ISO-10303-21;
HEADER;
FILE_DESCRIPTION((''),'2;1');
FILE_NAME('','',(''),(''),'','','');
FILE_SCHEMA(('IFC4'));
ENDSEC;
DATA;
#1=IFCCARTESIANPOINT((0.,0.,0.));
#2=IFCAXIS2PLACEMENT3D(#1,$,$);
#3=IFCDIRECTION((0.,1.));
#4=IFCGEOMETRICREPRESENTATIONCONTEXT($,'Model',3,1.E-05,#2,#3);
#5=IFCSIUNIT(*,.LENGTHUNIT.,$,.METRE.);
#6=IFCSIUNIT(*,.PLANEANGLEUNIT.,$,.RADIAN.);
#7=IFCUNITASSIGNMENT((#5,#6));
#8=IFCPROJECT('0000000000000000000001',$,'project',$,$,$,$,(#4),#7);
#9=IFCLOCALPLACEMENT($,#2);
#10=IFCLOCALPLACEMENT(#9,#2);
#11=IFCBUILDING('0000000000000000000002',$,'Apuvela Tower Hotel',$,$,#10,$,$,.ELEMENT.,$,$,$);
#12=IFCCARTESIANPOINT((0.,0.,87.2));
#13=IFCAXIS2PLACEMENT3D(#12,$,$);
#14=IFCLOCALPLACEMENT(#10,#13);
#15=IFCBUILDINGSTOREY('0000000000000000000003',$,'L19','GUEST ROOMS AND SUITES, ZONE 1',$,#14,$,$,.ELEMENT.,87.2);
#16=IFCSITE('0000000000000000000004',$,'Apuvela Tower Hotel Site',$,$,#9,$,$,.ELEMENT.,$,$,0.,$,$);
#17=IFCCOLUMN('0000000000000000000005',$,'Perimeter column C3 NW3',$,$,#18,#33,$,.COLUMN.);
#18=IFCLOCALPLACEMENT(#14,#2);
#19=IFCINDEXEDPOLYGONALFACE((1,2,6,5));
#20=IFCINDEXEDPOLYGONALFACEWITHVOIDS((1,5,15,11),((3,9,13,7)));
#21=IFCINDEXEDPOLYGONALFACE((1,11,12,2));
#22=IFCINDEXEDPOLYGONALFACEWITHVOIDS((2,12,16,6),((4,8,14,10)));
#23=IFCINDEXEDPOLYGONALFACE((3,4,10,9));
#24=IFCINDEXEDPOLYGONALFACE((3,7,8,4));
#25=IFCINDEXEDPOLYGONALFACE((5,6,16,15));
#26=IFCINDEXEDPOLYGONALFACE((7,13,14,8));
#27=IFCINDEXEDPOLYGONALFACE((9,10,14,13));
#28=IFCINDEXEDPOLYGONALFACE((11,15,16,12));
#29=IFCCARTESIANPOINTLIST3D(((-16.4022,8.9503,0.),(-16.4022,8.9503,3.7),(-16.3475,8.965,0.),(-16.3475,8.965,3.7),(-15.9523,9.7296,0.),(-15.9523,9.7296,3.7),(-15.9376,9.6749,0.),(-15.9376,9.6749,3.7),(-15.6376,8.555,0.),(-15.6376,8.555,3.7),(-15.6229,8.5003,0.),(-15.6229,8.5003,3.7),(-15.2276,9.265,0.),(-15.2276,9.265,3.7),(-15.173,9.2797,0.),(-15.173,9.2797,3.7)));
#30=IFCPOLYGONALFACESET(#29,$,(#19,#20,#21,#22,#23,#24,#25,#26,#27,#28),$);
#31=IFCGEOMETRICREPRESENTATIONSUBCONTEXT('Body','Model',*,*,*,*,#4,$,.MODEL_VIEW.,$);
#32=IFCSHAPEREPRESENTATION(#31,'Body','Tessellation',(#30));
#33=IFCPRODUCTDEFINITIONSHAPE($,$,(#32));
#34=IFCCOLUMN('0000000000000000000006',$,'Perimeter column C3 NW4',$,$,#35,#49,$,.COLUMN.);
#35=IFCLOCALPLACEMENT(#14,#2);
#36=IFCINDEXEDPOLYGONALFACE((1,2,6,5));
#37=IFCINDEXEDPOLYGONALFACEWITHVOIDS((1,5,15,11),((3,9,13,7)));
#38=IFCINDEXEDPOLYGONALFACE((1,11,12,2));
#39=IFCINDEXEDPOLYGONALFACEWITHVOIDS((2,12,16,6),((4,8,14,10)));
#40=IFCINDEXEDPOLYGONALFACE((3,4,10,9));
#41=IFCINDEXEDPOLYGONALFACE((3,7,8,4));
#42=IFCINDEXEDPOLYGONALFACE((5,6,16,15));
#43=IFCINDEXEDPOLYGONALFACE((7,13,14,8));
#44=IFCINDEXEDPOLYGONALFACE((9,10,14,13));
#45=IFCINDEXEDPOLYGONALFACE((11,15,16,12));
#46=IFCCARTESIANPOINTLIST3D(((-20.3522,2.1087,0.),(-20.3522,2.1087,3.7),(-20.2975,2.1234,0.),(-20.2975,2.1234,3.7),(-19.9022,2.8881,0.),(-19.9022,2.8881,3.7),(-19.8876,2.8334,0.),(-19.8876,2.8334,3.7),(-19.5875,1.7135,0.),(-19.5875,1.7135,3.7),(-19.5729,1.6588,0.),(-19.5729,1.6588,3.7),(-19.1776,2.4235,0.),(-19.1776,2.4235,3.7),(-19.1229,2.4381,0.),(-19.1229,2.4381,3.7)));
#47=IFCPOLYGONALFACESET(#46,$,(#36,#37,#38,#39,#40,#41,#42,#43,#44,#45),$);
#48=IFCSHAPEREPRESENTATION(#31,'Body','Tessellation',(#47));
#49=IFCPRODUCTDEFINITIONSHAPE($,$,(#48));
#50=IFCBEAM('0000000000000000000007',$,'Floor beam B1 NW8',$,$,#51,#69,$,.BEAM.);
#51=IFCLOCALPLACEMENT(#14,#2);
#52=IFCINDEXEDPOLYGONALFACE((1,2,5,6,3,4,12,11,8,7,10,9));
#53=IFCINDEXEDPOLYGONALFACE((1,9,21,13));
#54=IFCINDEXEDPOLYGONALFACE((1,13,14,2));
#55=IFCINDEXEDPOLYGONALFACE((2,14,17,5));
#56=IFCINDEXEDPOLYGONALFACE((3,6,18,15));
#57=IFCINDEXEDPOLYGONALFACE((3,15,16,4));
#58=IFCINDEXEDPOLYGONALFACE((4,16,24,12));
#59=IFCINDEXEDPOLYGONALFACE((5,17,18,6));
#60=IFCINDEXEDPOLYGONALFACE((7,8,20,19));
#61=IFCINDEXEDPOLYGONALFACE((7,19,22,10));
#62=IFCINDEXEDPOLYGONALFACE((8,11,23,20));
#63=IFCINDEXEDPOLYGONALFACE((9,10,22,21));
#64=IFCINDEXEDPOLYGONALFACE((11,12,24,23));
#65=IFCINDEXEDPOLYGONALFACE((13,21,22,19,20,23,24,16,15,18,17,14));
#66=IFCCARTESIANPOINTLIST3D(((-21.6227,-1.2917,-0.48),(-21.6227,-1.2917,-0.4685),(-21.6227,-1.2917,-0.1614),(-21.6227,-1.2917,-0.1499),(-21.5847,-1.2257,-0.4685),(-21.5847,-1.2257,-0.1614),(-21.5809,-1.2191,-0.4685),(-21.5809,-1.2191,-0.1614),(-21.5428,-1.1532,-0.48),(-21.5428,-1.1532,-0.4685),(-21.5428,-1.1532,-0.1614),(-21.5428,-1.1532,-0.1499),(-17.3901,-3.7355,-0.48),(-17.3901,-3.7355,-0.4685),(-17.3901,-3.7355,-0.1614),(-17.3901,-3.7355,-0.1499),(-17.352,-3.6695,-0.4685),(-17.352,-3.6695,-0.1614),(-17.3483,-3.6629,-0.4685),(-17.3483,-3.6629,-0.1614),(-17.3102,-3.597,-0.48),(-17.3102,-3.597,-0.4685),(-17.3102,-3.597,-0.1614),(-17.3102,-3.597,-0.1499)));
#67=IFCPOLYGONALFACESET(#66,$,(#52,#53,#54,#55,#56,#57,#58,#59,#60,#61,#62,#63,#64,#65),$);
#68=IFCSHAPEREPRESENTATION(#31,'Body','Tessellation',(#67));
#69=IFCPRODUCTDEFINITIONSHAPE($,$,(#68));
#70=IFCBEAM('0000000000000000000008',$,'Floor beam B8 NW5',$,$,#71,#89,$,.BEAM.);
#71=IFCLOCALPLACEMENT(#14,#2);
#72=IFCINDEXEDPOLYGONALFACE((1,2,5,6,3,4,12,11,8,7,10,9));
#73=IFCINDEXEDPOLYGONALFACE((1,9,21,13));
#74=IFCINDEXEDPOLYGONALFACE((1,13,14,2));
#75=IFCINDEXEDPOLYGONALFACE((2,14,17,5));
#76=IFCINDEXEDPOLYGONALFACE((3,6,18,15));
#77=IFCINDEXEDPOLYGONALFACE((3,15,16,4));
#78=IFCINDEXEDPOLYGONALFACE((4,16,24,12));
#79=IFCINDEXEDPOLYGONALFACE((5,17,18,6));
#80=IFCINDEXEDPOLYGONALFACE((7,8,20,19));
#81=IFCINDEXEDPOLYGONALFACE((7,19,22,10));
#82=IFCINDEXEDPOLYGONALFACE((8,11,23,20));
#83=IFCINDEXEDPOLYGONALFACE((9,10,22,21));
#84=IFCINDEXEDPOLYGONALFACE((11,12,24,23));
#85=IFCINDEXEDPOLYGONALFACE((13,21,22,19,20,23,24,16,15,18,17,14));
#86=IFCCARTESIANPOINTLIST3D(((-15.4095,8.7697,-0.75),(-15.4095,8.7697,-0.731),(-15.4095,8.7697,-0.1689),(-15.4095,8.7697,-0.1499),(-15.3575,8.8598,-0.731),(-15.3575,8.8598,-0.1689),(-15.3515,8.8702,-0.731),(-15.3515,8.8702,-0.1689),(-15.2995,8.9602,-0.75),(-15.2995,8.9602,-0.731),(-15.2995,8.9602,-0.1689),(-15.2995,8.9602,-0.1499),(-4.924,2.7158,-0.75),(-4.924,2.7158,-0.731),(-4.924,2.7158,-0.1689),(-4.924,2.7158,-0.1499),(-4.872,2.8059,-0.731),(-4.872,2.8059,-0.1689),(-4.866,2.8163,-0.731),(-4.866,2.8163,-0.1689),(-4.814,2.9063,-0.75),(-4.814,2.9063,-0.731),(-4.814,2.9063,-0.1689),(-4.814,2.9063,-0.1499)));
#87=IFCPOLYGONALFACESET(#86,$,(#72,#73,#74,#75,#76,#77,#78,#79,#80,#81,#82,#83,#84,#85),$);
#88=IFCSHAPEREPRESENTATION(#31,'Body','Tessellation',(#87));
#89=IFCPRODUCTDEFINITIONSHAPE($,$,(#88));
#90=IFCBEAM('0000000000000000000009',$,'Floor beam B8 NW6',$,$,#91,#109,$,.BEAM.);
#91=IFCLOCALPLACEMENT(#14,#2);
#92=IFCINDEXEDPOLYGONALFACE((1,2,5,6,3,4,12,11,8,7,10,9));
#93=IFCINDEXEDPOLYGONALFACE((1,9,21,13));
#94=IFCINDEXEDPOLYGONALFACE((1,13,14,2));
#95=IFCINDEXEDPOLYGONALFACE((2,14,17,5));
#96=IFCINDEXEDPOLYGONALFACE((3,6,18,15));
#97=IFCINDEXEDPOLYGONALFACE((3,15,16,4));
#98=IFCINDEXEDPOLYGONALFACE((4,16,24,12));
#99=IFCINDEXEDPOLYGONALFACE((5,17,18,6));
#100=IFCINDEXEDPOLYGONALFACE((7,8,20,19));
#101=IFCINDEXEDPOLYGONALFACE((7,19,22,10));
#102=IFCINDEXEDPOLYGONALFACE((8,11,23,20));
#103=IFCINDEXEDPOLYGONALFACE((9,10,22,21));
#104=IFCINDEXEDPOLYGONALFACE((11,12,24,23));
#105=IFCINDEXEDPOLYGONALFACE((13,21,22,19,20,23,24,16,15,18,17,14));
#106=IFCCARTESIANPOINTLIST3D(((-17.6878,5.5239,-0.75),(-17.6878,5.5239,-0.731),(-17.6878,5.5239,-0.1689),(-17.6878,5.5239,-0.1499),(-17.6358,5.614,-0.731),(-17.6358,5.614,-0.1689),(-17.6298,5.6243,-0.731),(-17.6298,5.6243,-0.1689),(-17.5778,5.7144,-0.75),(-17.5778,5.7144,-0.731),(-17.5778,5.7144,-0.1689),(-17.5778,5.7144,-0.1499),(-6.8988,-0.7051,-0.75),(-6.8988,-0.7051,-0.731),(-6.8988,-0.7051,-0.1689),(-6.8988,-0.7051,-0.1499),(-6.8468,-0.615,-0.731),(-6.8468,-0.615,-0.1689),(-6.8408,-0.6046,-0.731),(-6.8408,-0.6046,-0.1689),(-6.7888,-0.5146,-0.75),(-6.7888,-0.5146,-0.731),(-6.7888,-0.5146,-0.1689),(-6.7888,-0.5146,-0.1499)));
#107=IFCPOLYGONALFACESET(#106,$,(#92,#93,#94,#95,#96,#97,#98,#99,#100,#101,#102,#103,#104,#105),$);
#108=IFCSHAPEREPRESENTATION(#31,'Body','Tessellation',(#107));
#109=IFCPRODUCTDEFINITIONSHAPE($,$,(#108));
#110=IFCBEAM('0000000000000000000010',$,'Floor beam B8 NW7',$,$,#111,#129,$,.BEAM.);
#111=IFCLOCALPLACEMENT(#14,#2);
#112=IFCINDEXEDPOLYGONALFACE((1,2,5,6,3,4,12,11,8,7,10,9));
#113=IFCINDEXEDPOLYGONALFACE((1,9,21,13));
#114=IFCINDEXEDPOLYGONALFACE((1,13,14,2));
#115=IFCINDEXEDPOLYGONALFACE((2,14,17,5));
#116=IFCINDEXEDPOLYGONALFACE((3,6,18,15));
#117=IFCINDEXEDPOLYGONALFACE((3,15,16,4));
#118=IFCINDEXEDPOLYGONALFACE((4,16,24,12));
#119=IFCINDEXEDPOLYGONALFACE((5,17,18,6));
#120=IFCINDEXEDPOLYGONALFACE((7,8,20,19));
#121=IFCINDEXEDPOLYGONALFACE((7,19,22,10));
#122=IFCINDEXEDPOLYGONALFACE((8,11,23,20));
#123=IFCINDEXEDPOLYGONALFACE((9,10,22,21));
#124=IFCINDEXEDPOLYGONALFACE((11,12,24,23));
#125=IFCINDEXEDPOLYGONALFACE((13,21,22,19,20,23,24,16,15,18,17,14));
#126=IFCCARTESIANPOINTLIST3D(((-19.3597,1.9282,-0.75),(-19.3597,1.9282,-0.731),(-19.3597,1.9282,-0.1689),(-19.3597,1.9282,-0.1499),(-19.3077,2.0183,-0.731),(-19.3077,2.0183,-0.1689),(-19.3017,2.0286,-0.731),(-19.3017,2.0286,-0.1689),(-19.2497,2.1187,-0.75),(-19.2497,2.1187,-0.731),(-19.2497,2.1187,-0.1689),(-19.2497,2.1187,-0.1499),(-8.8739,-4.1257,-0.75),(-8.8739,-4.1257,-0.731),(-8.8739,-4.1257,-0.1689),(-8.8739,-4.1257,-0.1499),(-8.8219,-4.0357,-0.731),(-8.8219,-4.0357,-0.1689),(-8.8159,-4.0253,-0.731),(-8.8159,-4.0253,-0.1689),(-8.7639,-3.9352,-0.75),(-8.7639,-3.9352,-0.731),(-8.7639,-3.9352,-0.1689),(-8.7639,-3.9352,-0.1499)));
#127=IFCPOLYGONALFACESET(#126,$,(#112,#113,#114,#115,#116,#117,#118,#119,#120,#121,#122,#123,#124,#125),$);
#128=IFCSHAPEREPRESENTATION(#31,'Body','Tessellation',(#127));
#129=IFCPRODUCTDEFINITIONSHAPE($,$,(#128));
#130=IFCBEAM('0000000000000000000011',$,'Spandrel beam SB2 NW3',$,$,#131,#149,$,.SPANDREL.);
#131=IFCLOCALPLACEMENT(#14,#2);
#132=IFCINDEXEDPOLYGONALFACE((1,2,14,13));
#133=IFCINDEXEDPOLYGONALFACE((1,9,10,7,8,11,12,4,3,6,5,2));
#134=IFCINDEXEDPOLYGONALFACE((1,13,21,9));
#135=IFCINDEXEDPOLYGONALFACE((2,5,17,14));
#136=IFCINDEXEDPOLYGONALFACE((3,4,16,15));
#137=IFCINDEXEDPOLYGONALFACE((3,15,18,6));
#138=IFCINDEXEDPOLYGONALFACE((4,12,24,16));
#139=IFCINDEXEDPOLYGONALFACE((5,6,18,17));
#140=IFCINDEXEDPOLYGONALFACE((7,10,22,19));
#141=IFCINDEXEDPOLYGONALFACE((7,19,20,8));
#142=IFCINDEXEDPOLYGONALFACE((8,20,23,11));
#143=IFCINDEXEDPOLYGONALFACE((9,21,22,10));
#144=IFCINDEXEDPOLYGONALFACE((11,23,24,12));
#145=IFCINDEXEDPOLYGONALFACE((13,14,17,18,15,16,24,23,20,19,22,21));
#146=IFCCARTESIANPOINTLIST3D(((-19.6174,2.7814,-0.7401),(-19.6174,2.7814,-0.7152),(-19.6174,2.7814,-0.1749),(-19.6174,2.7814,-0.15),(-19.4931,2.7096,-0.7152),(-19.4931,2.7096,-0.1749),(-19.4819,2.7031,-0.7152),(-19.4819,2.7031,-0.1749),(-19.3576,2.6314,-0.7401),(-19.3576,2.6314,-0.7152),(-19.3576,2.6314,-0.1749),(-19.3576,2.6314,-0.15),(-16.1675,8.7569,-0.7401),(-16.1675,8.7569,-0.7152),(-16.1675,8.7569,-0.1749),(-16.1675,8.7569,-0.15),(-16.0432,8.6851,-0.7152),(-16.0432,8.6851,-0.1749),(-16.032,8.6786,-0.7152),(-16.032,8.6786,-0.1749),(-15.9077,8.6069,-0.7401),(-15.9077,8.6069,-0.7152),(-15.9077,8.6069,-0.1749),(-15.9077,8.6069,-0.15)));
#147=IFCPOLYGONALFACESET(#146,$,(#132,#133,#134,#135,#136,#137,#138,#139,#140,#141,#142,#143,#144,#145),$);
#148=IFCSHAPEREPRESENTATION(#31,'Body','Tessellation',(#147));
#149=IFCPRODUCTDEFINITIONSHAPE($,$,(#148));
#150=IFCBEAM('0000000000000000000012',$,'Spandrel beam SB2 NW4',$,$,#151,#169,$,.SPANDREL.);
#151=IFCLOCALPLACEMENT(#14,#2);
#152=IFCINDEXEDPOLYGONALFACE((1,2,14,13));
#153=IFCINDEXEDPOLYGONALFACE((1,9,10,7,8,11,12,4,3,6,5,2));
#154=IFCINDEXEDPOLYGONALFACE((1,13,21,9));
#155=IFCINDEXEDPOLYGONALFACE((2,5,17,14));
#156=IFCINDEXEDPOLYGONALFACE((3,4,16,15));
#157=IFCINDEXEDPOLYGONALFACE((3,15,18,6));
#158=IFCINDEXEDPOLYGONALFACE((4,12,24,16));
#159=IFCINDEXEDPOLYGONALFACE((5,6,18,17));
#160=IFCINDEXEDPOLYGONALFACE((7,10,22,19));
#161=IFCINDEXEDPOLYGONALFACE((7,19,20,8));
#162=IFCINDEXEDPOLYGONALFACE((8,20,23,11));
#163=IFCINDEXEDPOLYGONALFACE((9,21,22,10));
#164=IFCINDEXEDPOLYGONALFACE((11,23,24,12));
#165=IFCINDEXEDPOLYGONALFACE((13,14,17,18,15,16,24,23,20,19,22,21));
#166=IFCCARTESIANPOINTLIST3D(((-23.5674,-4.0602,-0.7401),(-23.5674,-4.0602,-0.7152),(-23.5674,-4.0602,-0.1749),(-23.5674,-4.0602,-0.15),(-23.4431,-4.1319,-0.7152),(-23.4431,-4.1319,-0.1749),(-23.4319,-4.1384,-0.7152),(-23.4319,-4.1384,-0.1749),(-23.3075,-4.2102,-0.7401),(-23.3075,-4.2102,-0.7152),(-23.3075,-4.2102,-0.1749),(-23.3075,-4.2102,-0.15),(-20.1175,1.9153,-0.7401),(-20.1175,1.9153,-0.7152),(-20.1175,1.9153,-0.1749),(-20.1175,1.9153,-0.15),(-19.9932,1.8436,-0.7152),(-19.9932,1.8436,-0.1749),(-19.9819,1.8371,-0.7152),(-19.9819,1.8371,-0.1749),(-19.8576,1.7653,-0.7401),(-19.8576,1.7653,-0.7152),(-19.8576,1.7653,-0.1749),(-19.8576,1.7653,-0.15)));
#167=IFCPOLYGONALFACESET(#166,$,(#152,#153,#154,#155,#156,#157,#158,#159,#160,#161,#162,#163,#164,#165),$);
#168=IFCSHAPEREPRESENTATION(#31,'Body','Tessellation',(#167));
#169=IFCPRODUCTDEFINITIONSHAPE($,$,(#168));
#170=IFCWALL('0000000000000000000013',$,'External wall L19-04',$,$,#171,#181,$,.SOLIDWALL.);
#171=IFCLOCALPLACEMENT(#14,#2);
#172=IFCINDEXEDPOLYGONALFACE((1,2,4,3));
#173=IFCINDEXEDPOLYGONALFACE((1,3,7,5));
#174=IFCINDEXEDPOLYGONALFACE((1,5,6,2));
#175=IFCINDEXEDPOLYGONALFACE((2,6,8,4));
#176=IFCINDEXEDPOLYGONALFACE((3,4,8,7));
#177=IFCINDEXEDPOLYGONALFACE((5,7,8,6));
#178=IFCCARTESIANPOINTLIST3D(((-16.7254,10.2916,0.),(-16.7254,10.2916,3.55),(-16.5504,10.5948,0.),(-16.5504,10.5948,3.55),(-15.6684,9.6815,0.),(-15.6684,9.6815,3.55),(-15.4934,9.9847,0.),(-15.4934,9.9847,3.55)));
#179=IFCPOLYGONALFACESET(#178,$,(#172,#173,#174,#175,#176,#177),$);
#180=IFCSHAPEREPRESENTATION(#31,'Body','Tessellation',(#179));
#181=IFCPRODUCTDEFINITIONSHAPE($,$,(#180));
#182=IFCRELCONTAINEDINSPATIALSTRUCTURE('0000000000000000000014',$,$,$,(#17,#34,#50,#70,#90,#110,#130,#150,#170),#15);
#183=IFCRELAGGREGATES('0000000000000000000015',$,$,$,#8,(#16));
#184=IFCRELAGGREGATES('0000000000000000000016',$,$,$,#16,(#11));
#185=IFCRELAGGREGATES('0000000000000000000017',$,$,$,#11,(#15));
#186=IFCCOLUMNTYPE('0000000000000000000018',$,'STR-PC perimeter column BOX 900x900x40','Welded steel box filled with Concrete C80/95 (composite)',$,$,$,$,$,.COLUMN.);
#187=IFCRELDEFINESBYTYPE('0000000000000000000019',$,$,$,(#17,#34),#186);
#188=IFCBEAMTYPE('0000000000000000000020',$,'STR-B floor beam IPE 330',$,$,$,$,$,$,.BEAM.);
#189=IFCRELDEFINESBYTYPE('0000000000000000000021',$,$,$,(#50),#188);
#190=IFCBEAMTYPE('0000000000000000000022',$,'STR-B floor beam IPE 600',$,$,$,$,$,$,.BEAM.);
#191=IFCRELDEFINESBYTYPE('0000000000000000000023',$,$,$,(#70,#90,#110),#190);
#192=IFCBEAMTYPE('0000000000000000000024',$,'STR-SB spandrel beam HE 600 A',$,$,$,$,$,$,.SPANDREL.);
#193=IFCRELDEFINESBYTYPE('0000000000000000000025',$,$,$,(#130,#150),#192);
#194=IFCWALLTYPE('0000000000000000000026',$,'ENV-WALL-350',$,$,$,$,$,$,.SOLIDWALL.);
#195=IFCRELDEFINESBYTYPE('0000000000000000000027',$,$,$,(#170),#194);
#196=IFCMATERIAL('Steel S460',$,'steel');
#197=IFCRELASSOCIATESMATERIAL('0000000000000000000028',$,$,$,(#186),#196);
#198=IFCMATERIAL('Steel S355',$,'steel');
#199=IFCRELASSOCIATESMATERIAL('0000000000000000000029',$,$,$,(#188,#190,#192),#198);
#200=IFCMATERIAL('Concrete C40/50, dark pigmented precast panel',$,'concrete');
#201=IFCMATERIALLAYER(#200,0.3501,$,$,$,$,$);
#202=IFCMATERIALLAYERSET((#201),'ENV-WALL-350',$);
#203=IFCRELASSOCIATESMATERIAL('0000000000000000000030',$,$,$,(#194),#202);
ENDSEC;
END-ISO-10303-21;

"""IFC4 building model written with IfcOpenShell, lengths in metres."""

from ifc_helpers import new_model, si_unit, direction, frame, frame_2d, origin, origin_2d, place, context, subcontext, project, spatial, rectangle, hollow_rectangle, i_section, extrude, material, layer, layer_set, material_profile, profile_set, type_object, element, save


model = new_model("IFC4")

# Units and contexts
model_context = context("Model", 3, precision=1e-05, world=origin(), true_north=direction((0.0, 1.0)))
body_context = subcontext(model_context, "Body", "Model", "MODEL_VIEW")
ifc_project = project(units=[si_unit("LENGTHUNIT", "METRE"), si_unit("PLANEANGLEUNIT", "RADIAN")], contexts=[model_context])

# Site, building, storey
site_placement = place(None, origin())
site = spatial("IfcSite", under=ifc_project, at=site_placement, Name="Apuvela Tower Hotel Site", CompositionType="ELEMENT", RefElevation=0.0)
building_placement = place(site_placement, origin())
building = spatial("IfcBuilding", under=site, at=building_placement, Name="Apuvela Tower Hotel", CompositionType="ELEMENT")
storey_placement = place(building_placement, frame((0.0, 0.0, 87.2)))
storey = spatial("IfcBuildingStorey", under=building, at=storey_placement, Name="L19", Description="GUEST ROOMS AND SUITES, ZONE 1", CompositionType="ELEMENT", Elevation=87.2)

# Columns
ifc_material_1 = material(Name="Steel S460", Category="steel")
ifc_material_profile_1 = material_profile(ifc_material_1, hollow_rectangle(XDim=0.8999, YDim=0.8999, WallThickness=0.04, at=origin_2d()), Name="BOX 900x900x40")
ifc_material_2 = material(Name="Concrete C80/95", Category="concrete")
ifc_material_profile_2 = material_profile(ifc_material_2, rectangle(XDim=0.8201, YDim=0.8201, at=origin_2d()), Name="Concrete C80/95 infill")
ifc_profile_set_1 = profile_set([ifc_material_profile_1, ifc_material_profile_2], Name="Steel S460")
column_type = type_object("IfcColumnType", Name="STR-PC perimeter column BOX 900x900x40", Description="Welded steel box filled with Concrete C80/95 (composite)", PredefinedType="COLUMN", material=ifc_profile_set_1)
for number, where, z_axis, x_axis, name in (
    (1, (-15.7876, 9.115, 0.0), (0.0, 0.0, 1.0), (0.5, 0.866025, 0.0), "Perimeter column C3 NW3"),
    (2, (-19.7375, 2.2734, 0.0), (0.0, 0.0, 1.0), (0.5, 0.866025, 0.0), "Perimeter column C3 NW4"),
):
    element("IfcColumn", number, at=place(storey_placement, frame(where, z_axis=z_axis, x_axis=x_axis)), inside=storey, type_object=column_type, Name=name, PredefinedType="COLUMN", context=body_context, shape_type="SweptSolid", body=[
        extrude(hollow_rectangle(XDim=0.8999, YDim=0.8999, WallThickness=0.04, at=origin_2d()), origin(), (0.0, 0.0, 1.0), 3.7),
    ])

# Beams
ifc_material_3 = material(Name="Steel S355", Category="steel")
ifc_material_profile_3 = material_profile(ifc_material_3, i_section(OverallWidth=0.1599, OverallDepth=0.3301, WebThickness=0.0076, FlangeThickness=0.0115, at=origin_2d()), Name="IPE 330")
ifc_profile_set_2 = profile_set([ifc_material_profile_3], Name="Steel S355")
beam_type_1 = type_object("IfcBeamType", Name="STR-B floor beam IPE 330", PredefinedType="BEAM", material=ifc_profile_set_2)
beam_1_placement = place(storey_placement, frame((-21.5828, -1.2224, -0.3149), z_axis=(0.866015, -0.500018, 0.0), x_axis=(0.500018, 0.866015, 0.0)))
element("IfcBeam", 3, at=beam_1_placement, inside=storey, type_object=beam_type_1, Name="Floor beam B1 NW8", PredefinedType="BEAM", context=body_context, shape_type="SweptSolid", body=[
    extrude(i_section(OverallWidth=0.1599, OverallDepth=0.3301, WebThickness=0.0076, FlangeThickness=0.0115, at=origin_2d()), origin(), (0.0, 0.0, 1.0), 4.8875),
])
ifc_material_profile_4 = material_profile(ifc_material_3, i_section(OverallWidth=0.22, OverallDepth=0.6001, WebThickness=0.012, FlangeThickness=0.019, at=origin_2d()), Name="IPE 600")
ifc_profile_set_3 = profile_set([ifc_material_profile_4], Name="Steel S355")
beam_type_2 = type_object("IfcBeamType", Name="STR-B floor beam IPE 600", PredefinedType="BEAM", material=ifc_profile_set_3)
beam_2_placement = place(storey_placement, frame((-15.3545, 8.865, -0.45), z_axis=(0.866022, -0.500006, 0.0), x_axis=(0.500006, 0.866022, 0.0)))
element("IfcBeam", 4, at=beam_2_placement, inside=storey, type_object=beam_type_2, Name="Floor beam B8 NW5", PredefinedType="BEAM", context=body_context, shape_type="SweptSolid", body=[
    extrude(i_section(OverallWidth=0.22, OverallDepth=0.6001, WebThickness=0.012, FlangeThickness=0.019, at=origin_2d()), origin(), (0.0, 0.0, 1.0), 12.1077),
])
beam_3_placement = place(storey_placement, frame((-17.6328, 5.6191, -0.45), z_axis=(0.866028, -0.499996, 0.0), x_axis=(0.499996, 0.866028, 0.0)))
element("IfcBeam", 5, at=beam_3_placement, inside=storey, type_object=beam_type_2, Name="Floor beam B8 NW6", PredefinedType="BEAM", context=body_context, shape_type="SweptSolid", body=[
    extrude(i_section(OverallWidth=0.22, OverallDepth=0.6001, WebThickness=0.012, FlangeThickness=0.019, at=origin_2d()), origin(), (0.0, 0.0, 1.0), 12.458),
])
beam_4_placement = place(storey_placement, frame((-19.3047, 2.0234, -0.45), z_axis=(0.866027, -0.499997, 0.0), x_axis=(0.499997, 0.866027, 0.0)))
element("IfcBeam", 6, at=beam_4_placement, inside=storey, type_object=beam_type_2, Name="Floor beam B8 NW7", PredefinedType="BEAM", context=body_context, shape_type="SweptSolid", body=[
    extrude(i_section(OverallWidth=0.22, OverallDepth=0.6001, WebThickness=0.012, FlangeThickness=0.019, at=origin_2d()), origin(), (0.0, 0.0, 1.0), 12.1079),
])
ifc_material_profile_5 = material_profile(ifc_material_3, i_section(OverallWidth=0.3, OverallDepth=0.5901, WebThickness=0.0129, FlangeThickness=0.0249, at=origin_2d()), Name="HE 600 A")
ifc_profile_set_4 = profile_set([ifc_material_profile_5], Name="Steel S355")
beam_type_3 = type_object("IfcBeamType", Name="STR-SB spandrel beam HE 600 A", PredefinedType="SPANDREL", material=ifc_profile_set_4)
for number, where, z_axis, x_axis, name in (
    (7, (-16.0376, 8.6819, -0.4451), (-0.499994, -0.866029, 0.0), (0.866029, -0.499994, 0.0), "Spandrel beam SB2 NW3"),
    (8, (-19.9875, 1.8403, -0.4451), (-0.499994, -0.866029, 0.0), (0.866029, -0.499994, 0.0), "Spandrel beam SB2 NW4"),
):
    element("IfcBeam", number, at=place(storey_placement, frame(where, z_axis=z_axis, x_axis=x_axis)), inside=storey, type_object=beam_type_3, Name=name, PredefinedType="SPANDREL", context=body_context, shape_type="SweptSolid", body=[
        extrude(i_section(OverallWidth=0.3, OverallDepth=0.5901, WebThickness=0.0129, FlangeThickness=0.0249, at=origin_2d()), origin(), (0.0, 0.0, 1.0), 6.8999),
    ])

# Wall
ifc_material_4 = material(Name="Concrete C40/50, dark pigmented precast panel", Category="concrete")
ifc_layer_1 = layer(ifc_material_4, 0.3501)
ifc_layer_set_1 = layer_set([ifc_layer_1], Name="ENV-WALL-350")
wall_type_1 = type_object("IfcWallType", Name="ENV-WALL-350", PredefinedType="SOLIDWALL", material=ifc_layer_set_1)
wall_1_placement = place(storey_placement, frame((-15.5808, 9.833, 0.0), z_axis=(0.0, 0.0, 1.0), x_axis=(-0.866056, 0.499948, 0.0)))
element("IfcWall", 9, at=wall_1_placement, inside=storey, type_object=wall_type_1, Name="External wall L19-04", PredefinedType="SOLIDWALL", context=body_context, shape_type="SweptSolid", body=[
    extrude(rectangle(XDim=1.2205, YDim=0.3501, at=frame_2d((0.6104, 0.0))), origin(), (0.0, 0.0, 1.0), 3.55),
])

save(model, "model.ifc")
